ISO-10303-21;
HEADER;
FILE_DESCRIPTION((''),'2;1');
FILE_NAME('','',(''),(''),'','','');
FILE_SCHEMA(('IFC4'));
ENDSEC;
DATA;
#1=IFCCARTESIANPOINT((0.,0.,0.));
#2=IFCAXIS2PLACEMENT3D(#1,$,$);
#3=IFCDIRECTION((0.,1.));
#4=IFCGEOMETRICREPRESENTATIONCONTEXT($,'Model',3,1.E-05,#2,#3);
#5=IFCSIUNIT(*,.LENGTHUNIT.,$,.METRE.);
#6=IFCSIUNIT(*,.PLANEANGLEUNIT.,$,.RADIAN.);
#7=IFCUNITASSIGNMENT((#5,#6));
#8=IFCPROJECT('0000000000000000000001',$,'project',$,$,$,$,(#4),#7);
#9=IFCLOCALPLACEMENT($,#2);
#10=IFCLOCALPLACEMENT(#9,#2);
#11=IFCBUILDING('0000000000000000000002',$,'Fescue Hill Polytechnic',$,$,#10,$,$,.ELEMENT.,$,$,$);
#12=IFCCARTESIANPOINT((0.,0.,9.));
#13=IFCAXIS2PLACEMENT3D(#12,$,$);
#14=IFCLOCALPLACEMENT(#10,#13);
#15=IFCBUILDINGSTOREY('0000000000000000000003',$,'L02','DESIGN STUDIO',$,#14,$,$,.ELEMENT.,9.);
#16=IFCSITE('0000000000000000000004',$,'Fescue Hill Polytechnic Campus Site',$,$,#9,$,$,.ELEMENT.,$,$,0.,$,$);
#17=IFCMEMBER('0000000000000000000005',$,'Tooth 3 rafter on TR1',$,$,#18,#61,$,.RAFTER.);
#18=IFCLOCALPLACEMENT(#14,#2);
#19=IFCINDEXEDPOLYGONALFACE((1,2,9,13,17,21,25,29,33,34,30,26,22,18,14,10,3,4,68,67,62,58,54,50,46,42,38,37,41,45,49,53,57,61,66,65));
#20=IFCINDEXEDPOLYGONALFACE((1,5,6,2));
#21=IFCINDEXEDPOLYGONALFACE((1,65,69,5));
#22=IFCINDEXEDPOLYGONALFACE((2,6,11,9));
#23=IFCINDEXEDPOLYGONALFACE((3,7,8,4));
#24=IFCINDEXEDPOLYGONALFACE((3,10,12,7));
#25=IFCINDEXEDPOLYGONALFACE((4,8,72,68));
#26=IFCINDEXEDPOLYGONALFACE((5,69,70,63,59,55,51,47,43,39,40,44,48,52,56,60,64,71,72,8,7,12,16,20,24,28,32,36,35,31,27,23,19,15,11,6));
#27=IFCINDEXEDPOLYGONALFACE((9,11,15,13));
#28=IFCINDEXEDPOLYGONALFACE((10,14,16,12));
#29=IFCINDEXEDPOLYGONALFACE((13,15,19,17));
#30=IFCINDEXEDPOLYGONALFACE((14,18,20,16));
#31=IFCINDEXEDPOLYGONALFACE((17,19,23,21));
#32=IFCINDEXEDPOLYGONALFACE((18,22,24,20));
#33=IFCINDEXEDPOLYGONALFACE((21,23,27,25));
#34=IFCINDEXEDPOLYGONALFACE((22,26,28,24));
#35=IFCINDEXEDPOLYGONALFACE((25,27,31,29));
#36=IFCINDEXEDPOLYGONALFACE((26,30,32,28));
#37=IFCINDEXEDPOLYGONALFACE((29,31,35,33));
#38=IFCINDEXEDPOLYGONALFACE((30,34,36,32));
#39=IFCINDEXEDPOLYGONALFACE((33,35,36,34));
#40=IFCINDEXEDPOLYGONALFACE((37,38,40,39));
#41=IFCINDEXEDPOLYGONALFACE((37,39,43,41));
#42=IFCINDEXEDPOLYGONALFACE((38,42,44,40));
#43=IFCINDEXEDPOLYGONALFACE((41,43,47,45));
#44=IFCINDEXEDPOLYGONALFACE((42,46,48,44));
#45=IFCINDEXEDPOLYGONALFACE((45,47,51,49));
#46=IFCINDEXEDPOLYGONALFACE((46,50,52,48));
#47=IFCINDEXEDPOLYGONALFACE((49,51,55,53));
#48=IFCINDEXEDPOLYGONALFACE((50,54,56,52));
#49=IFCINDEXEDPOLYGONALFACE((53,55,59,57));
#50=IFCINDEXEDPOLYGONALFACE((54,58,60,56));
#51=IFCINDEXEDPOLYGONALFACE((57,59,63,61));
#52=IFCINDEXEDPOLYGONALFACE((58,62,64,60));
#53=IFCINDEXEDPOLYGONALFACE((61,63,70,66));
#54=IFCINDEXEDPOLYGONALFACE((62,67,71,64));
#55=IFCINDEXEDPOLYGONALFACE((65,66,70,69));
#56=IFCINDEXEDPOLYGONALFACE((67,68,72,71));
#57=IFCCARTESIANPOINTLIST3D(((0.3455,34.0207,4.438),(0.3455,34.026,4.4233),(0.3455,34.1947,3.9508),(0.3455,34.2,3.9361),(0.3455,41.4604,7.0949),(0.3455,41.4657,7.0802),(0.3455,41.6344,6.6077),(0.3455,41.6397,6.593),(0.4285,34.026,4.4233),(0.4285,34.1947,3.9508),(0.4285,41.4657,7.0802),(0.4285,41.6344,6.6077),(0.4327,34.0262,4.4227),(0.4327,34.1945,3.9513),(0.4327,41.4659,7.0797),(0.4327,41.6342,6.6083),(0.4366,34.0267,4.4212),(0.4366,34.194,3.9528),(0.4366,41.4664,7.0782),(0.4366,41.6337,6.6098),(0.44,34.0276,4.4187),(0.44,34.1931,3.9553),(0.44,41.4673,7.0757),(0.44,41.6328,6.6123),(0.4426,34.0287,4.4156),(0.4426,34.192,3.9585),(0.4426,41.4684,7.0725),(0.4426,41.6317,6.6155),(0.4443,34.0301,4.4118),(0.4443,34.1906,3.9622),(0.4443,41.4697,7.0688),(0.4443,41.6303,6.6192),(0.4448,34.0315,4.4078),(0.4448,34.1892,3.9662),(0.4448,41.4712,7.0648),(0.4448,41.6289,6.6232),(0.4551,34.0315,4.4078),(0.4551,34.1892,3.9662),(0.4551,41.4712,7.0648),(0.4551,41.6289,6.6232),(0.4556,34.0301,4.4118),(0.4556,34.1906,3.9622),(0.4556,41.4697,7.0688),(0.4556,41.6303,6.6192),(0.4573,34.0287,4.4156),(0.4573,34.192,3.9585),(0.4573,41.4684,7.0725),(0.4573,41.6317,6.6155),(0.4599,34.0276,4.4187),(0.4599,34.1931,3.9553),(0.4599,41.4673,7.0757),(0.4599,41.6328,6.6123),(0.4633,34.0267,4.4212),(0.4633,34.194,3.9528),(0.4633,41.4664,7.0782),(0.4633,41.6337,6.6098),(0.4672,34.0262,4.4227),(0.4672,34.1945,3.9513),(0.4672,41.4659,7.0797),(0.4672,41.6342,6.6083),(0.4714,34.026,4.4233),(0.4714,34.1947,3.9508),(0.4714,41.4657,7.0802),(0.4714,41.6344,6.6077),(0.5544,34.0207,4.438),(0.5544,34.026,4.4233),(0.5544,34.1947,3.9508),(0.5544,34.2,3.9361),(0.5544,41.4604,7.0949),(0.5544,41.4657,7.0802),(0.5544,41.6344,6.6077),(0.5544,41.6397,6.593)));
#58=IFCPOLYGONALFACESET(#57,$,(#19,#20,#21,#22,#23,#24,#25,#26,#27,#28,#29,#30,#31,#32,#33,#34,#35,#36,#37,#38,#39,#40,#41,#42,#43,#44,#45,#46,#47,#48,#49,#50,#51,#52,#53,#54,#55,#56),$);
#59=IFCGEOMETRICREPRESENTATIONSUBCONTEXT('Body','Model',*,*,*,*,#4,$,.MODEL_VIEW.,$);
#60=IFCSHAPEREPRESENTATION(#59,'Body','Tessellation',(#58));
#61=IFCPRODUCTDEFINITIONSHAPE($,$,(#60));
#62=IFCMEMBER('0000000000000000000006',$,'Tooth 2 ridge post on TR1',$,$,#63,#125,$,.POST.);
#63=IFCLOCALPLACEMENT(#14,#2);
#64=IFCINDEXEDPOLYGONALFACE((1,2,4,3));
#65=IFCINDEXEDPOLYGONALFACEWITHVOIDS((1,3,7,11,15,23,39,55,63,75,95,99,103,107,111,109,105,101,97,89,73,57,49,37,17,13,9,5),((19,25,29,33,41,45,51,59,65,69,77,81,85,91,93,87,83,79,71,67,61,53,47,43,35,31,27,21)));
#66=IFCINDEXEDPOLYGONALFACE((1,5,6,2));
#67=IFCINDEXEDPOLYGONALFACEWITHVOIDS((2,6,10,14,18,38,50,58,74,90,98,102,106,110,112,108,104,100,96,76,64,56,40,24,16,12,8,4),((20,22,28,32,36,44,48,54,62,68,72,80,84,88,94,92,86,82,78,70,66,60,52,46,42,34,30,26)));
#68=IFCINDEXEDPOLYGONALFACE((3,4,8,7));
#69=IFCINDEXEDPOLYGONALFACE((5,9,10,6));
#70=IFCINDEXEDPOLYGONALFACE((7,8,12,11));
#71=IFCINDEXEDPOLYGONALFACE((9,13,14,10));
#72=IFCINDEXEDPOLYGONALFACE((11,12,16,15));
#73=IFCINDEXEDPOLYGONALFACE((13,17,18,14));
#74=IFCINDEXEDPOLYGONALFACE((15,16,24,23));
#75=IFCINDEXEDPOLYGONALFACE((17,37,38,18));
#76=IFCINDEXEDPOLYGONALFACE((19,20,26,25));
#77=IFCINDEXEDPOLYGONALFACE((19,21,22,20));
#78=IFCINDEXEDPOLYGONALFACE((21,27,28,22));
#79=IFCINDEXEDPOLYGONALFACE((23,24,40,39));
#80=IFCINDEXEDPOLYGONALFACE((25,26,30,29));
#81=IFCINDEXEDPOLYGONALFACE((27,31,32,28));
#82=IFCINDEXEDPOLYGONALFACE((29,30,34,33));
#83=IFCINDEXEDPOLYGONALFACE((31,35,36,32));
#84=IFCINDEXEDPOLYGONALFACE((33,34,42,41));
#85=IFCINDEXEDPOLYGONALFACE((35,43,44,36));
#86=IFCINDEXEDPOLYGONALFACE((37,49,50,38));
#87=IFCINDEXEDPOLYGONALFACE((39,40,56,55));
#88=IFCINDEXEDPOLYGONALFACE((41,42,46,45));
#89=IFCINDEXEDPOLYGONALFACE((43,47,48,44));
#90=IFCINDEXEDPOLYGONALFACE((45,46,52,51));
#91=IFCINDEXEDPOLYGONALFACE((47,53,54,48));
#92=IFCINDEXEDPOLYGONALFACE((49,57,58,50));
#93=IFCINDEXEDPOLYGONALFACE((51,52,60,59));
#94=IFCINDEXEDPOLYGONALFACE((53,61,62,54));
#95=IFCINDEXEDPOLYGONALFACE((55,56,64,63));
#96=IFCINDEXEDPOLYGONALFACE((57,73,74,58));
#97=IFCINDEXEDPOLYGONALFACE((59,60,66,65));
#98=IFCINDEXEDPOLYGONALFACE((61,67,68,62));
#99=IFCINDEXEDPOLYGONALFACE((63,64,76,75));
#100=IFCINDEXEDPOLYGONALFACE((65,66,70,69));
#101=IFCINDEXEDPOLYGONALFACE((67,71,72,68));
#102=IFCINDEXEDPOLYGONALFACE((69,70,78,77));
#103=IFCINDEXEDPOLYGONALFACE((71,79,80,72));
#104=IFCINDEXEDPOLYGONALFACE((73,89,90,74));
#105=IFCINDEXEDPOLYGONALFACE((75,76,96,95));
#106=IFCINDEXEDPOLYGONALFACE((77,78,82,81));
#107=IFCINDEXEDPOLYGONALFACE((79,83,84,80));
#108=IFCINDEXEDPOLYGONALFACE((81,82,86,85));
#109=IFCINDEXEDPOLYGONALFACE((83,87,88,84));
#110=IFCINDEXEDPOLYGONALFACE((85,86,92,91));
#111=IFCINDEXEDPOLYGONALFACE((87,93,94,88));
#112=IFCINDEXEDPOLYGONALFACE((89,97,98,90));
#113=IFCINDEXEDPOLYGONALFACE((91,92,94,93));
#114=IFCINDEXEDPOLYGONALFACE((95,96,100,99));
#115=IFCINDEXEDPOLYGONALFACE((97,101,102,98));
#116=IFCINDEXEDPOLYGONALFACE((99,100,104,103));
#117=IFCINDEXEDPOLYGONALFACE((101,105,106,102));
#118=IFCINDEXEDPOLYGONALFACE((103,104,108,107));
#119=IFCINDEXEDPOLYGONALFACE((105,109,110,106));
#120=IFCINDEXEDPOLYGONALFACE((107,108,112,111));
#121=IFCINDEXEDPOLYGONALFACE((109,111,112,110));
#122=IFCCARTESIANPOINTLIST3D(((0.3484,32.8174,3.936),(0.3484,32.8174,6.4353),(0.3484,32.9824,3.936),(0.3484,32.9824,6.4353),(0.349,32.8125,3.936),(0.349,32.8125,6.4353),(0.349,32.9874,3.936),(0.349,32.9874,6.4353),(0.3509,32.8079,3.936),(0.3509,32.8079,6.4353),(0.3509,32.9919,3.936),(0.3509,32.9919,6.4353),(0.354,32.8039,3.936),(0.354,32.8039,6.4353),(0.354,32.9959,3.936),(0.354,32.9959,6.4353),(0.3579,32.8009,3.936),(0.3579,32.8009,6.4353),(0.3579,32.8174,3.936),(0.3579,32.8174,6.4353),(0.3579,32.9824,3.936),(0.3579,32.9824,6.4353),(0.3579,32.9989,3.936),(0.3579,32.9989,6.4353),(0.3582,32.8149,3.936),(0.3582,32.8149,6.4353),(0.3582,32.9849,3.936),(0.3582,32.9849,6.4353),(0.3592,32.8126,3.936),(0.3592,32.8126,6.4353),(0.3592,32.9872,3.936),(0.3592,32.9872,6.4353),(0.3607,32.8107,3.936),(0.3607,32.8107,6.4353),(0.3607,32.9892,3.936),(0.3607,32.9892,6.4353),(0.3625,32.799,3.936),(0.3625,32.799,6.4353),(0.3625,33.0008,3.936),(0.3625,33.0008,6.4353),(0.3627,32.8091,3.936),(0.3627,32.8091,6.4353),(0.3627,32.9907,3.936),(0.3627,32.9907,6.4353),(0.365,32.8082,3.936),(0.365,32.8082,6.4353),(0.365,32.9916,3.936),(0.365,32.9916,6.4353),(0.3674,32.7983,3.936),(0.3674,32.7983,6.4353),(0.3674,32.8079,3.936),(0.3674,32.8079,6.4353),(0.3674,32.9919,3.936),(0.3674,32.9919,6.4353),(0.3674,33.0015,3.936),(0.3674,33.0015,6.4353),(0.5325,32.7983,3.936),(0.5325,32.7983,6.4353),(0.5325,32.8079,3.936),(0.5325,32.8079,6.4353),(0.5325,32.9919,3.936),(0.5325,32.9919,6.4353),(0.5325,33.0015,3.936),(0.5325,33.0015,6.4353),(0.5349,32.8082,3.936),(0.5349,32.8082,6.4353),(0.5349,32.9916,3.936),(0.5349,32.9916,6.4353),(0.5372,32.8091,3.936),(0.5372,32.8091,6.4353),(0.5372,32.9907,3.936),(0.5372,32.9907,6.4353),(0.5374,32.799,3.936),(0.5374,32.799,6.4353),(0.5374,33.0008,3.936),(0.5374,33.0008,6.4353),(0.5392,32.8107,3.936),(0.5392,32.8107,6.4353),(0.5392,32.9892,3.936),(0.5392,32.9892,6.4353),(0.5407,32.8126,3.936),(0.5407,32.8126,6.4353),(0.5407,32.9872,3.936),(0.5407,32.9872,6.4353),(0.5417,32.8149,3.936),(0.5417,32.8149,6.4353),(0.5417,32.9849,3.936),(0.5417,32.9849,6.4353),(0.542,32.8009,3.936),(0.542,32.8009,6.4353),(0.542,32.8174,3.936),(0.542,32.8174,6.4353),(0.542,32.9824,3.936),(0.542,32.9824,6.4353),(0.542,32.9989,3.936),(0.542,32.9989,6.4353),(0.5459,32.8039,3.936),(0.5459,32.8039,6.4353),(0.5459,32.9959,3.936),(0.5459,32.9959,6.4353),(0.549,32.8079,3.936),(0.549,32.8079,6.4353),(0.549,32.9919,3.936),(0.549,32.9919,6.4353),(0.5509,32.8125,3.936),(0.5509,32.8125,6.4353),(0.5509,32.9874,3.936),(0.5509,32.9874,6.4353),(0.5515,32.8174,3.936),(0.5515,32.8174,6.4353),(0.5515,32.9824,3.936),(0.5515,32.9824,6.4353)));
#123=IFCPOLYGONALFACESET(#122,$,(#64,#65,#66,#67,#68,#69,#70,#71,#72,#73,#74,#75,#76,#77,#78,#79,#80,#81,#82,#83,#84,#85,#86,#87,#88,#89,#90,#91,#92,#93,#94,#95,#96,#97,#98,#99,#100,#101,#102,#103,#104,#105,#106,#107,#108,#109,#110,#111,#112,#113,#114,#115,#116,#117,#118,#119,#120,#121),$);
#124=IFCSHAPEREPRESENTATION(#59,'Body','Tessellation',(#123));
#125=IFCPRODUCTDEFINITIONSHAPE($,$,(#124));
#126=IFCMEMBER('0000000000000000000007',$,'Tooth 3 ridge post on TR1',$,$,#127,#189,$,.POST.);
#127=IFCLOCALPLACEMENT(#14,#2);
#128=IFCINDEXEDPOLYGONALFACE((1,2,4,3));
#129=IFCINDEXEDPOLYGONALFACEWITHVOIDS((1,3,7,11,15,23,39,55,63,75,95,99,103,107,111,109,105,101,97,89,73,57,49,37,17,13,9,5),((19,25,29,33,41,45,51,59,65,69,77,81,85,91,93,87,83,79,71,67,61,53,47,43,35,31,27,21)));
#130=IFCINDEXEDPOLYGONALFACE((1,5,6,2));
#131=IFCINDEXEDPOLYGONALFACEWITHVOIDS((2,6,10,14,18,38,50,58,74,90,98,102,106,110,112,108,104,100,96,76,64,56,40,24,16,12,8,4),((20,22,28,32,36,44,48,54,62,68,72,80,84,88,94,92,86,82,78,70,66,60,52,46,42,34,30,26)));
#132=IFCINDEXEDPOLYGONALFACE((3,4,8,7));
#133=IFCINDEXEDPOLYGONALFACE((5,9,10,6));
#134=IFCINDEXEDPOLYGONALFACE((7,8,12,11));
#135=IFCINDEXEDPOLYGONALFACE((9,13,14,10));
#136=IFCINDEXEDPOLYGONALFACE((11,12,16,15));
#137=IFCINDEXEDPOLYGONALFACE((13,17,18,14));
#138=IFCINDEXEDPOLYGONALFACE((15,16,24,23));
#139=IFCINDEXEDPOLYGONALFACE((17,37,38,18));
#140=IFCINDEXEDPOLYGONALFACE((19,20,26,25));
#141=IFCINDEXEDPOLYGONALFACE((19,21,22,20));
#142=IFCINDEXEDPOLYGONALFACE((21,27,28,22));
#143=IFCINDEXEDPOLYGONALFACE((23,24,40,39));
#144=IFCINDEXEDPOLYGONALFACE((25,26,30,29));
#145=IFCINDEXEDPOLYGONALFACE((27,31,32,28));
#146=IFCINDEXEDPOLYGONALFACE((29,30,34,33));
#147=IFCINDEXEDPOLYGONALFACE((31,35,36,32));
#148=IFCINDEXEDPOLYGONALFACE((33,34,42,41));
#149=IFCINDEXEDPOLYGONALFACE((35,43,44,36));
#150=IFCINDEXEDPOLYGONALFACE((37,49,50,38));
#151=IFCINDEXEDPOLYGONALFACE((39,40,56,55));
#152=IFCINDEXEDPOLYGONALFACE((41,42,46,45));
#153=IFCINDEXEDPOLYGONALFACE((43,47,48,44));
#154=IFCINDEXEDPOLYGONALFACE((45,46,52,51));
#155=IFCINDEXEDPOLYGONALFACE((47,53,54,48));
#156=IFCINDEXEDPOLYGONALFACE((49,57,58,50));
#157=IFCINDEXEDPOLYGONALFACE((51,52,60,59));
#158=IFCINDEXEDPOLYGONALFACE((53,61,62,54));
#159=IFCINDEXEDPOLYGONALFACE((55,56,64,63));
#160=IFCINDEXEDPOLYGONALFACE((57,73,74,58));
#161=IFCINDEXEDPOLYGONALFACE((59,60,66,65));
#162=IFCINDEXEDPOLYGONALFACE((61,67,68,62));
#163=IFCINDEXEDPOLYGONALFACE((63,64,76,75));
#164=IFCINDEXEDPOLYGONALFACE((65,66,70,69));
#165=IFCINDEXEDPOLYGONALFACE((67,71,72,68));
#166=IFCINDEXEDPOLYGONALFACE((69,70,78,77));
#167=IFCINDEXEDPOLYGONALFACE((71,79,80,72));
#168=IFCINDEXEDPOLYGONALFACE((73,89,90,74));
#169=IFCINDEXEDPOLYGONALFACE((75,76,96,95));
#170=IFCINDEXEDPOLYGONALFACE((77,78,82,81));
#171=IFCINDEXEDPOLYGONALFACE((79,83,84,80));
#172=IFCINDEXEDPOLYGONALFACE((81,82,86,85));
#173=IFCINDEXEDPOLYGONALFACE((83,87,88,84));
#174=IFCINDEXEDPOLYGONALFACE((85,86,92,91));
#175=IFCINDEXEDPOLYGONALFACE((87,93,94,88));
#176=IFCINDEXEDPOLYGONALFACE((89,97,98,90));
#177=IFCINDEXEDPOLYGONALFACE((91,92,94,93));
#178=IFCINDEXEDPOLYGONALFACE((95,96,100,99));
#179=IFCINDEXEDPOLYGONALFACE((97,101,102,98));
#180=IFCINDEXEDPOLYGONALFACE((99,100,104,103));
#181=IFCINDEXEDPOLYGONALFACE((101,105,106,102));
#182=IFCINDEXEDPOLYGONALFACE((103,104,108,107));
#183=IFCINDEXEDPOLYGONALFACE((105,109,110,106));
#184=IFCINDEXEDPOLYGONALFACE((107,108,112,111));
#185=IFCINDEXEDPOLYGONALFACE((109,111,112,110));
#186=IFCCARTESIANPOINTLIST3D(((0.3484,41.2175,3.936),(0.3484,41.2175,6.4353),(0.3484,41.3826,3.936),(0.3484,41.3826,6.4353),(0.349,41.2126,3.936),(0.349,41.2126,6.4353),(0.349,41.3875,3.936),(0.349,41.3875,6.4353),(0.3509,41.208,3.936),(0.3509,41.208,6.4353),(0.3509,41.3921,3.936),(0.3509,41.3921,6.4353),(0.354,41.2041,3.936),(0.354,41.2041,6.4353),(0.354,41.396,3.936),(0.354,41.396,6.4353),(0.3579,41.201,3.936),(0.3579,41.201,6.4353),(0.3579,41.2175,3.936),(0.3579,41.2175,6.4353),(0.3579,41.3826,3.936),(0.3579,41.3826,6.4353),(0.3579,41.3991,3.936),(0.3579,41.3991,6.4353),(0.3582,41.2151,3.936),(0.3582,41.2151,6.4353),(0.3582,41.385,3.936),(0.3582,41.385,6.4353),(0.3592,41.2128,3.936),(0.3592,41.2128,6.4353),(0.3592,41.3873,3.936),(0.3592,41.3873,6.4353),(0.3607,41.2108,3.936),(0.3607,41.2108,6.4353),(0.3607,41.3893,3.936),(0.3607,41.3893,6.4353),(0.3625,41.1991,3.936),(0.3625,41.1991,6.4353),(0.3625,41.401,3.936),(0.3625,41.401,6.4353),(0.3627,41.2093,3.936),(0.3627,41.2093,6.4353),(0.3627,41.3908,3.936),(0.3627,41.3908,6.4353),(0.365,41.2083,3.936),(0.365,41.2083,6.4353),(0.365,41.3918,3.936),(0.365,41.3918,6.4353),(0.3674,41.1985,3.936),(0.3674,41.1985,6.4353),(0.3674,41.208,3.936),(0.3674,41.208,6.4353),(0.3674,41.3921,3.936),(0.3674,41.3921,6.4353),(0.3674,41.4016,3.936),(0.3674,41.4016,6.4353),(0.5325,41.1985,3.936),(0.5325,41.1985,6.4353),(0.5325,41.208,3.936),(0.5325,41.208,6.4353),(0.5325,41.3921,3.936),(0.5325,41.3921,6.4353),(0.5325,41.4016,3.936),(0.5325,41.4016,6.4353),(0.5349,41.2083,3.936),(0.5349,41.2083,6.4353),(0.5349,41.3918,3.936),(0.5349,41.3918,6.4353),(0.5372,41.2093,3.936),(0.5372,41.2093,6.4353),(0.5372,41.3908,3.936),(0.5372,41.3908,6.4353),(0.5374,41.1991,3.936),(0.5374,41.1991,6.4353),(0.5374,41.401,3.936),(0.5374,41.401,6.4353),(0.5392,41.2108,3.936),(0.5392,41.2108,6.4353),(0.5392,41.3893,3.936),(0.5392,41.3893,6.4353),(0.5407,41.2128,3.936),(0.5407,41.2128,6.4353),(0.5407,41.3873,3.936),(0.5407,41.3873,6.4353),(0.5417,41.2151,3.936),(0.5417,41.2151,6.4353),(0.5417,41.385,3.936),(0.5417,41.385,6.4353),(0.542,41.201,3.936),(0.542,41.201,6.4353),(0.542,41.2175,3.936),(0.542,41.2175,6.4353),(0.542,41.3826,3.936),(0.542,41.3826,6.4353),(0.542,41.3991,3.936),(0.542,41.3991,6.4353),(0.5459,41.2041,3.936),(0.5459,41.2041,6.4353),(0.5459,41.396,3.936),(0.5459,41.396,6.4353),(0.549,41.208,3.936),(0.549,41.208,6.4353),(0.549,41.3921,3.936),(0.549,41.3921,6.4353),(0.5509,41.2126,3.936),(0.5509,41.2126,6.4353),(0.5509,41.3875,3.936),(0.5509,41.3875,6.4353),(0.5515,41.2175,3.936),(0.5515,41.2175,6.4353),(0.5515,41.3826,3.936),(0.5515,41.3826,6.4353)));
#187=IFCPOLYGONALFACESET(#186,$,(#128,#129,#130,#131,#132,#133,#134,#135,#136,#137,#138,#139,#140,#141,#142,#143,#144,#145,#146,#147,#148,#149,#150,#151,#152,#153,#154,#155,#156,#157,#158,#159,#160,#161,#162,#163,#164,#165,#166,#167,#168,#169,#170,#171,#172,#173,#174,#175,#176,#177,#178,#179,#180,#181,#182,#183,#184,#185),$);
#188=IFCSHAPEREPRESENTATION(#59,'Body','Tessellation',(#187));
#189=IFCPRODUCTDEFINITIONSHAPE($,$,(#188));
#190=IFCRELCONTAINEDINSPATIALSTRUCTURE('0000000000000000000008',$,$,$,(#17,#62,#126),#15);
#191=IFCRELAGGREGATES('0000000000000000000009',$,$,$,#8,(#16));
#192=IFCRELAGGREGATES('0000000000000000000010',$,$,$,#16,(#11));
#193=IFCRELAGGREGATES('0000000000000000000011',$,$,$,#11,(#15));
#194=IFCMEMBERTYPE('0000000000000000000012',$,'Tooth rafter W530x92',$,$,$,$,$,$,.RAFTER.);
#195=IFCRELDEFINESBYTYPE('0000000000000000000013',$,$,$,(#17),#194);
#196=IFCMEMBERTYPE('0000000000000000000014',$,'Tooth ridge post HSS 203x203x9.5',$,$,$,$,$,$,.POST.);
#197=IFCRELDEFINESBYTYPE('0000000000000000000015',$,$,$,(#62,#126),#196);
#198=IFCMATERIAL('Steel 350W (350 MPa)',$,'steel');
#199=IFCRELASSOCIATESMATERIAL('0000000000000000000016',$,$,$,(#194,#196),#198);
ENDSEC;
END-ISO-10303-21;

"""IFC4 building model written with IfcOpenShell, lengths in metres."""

from ifc_helpers import new_model, si_unit, direction, frame, origin, origin_2d, place, context, subcontext, project, spatial, hollow_rectangle, i_section, extrude, material, material_profile, profile_set, type_object, element, save


model = new_model("IFC4")

# Units and contexts
model_context = context("Model", 3, precision=1e-05, world=origin(), true_north=direction((0.0, 1.0)))
body_context = subcontext(model_context, "Body", "Model", "MODEL_VIEW")
ifc_project = project(units=[si_unit("LENGTHUNIT", "METRE"), si_unit("PLANEANGLEUNIT", "RADIAN")], contexts=[model_context])

# Site, building, storey
site_placement = place(None, origin())
site = spatial("IfcSite", under=ifc_project, at=site_placement, Name="Fescue Hill Polytechnic Campus Site", CompositionType="ELEMENT", RefElevation=0.0)
building_placement = place(site_placement, origin())
building = spatial("IfcBuilding", under=site, at=building_placement, Name="Fescue Hill Polytechnic", CompositionType="ELEMENT")
storey_placement = place(building_placement, frame((0.0, 0.0, 9.0)))
storey = spatial("IfcBuildingStorey", under=building, at=storey_placement, Name="L02", Description="DESIGN STUDIO", CompositionType="ELEMENT", Elevation=9.0)

# Members
ifc_material_1 = material(Name="Steel 350W (350 MPa)", Category="steel")
ifc_material_profile_1 = material_profile(ifc_material_1, i_section(OverallWidth=0.209, OverallDepth=0.533, WebThickness=0.0103, FlangeThickness=0.0156, FilletRadius=0.0164, at=origin_2d()), Name="W530x92")
ifc_profile_set_1 = profile_set([ifc_material_profile_1], Name="Steel 350W (350 MPa)")
member_type_1 = type_object("IfcMemberType", Name="Tooth rafter W530x92", PredefinedType="RAFTER", material=ifc_profile_set_1)
member_1_placement = place(storey_placement, frame((0.45, 34.1104, 4.187), z_axis=(0.0, 0.941744, 0.336331), x_axis=(-1.0, 0.0, 0.0)))
element("IfcMember", 1, at=member_1_placement, inside=storey, type_object=member_type_1, Name="Tooth 3 rafter on TR1", PredefinedType="RAFTER", context=body_context, shape_type="SweptSolid", body=[
    extrude(i_section(OverallWidth=0.209, OverallDepth=0.533, WebThickness=0.0103, FlangeThickness=0.0156, FilletRadius=0.0164, at=origin_2d()), origin(), (0.0, 0.0, 1.0), 7.8999),
])
ifc_material_profile_2 = material_profile(ifc_material_1, hollow_rectangle(XDim=0.2031, YDim=0.2031, WallThickness=0.0095, InnerFilletRadius=0.0095, OuterFilletRadius=0.019, at=origin_2d()), Name="Tooth ridge post HSS 203x203x9.5")
ifc_profile_set_2 = profile_set([ifc_material_profile_2], Name="Steel 350W (350 MPa)")
member_type_2 = type_object("IfcMemberType", Name="Tooth ridge post HSS 203x203x9.5", PredefinedType="POST", material=ifc_profile_set_2)
for number, where, z_axis, x_axis, name in (
    (2, (0.45, 32.8999, 3.936), (0.0, 0.0, 1.0), (1.0, 0.0, 0.0), "Tooth 2 ridge post on TR1"),
    (3, (0.45, 41.3, 3.936), (0.0, 0.0, 1.0), (1.0, 0.0, 0.0), "Tooth 3 ridge post on TR1"),
):
    element("IfcMember", number, at=place(storey_placement, frame(where, z_axis=z_axis, x_axis=x_axis)), inside=storey, type_object=member_type_2, Name=name, PredefinedType="POST", context=body_context, shape_type="SweptSolid", body=[
        extrude(hollow_rectangle(XDim=0.2031, YDim=0.2031, WallThickness=0.0095, InnerFilletRadius=0.0095, OuterFilletRadius=0.019, at=origin_2d()), origin(), (0.0, 0.0, 1.0), 2.4993),
    ])

save(model, "model.ifc")
